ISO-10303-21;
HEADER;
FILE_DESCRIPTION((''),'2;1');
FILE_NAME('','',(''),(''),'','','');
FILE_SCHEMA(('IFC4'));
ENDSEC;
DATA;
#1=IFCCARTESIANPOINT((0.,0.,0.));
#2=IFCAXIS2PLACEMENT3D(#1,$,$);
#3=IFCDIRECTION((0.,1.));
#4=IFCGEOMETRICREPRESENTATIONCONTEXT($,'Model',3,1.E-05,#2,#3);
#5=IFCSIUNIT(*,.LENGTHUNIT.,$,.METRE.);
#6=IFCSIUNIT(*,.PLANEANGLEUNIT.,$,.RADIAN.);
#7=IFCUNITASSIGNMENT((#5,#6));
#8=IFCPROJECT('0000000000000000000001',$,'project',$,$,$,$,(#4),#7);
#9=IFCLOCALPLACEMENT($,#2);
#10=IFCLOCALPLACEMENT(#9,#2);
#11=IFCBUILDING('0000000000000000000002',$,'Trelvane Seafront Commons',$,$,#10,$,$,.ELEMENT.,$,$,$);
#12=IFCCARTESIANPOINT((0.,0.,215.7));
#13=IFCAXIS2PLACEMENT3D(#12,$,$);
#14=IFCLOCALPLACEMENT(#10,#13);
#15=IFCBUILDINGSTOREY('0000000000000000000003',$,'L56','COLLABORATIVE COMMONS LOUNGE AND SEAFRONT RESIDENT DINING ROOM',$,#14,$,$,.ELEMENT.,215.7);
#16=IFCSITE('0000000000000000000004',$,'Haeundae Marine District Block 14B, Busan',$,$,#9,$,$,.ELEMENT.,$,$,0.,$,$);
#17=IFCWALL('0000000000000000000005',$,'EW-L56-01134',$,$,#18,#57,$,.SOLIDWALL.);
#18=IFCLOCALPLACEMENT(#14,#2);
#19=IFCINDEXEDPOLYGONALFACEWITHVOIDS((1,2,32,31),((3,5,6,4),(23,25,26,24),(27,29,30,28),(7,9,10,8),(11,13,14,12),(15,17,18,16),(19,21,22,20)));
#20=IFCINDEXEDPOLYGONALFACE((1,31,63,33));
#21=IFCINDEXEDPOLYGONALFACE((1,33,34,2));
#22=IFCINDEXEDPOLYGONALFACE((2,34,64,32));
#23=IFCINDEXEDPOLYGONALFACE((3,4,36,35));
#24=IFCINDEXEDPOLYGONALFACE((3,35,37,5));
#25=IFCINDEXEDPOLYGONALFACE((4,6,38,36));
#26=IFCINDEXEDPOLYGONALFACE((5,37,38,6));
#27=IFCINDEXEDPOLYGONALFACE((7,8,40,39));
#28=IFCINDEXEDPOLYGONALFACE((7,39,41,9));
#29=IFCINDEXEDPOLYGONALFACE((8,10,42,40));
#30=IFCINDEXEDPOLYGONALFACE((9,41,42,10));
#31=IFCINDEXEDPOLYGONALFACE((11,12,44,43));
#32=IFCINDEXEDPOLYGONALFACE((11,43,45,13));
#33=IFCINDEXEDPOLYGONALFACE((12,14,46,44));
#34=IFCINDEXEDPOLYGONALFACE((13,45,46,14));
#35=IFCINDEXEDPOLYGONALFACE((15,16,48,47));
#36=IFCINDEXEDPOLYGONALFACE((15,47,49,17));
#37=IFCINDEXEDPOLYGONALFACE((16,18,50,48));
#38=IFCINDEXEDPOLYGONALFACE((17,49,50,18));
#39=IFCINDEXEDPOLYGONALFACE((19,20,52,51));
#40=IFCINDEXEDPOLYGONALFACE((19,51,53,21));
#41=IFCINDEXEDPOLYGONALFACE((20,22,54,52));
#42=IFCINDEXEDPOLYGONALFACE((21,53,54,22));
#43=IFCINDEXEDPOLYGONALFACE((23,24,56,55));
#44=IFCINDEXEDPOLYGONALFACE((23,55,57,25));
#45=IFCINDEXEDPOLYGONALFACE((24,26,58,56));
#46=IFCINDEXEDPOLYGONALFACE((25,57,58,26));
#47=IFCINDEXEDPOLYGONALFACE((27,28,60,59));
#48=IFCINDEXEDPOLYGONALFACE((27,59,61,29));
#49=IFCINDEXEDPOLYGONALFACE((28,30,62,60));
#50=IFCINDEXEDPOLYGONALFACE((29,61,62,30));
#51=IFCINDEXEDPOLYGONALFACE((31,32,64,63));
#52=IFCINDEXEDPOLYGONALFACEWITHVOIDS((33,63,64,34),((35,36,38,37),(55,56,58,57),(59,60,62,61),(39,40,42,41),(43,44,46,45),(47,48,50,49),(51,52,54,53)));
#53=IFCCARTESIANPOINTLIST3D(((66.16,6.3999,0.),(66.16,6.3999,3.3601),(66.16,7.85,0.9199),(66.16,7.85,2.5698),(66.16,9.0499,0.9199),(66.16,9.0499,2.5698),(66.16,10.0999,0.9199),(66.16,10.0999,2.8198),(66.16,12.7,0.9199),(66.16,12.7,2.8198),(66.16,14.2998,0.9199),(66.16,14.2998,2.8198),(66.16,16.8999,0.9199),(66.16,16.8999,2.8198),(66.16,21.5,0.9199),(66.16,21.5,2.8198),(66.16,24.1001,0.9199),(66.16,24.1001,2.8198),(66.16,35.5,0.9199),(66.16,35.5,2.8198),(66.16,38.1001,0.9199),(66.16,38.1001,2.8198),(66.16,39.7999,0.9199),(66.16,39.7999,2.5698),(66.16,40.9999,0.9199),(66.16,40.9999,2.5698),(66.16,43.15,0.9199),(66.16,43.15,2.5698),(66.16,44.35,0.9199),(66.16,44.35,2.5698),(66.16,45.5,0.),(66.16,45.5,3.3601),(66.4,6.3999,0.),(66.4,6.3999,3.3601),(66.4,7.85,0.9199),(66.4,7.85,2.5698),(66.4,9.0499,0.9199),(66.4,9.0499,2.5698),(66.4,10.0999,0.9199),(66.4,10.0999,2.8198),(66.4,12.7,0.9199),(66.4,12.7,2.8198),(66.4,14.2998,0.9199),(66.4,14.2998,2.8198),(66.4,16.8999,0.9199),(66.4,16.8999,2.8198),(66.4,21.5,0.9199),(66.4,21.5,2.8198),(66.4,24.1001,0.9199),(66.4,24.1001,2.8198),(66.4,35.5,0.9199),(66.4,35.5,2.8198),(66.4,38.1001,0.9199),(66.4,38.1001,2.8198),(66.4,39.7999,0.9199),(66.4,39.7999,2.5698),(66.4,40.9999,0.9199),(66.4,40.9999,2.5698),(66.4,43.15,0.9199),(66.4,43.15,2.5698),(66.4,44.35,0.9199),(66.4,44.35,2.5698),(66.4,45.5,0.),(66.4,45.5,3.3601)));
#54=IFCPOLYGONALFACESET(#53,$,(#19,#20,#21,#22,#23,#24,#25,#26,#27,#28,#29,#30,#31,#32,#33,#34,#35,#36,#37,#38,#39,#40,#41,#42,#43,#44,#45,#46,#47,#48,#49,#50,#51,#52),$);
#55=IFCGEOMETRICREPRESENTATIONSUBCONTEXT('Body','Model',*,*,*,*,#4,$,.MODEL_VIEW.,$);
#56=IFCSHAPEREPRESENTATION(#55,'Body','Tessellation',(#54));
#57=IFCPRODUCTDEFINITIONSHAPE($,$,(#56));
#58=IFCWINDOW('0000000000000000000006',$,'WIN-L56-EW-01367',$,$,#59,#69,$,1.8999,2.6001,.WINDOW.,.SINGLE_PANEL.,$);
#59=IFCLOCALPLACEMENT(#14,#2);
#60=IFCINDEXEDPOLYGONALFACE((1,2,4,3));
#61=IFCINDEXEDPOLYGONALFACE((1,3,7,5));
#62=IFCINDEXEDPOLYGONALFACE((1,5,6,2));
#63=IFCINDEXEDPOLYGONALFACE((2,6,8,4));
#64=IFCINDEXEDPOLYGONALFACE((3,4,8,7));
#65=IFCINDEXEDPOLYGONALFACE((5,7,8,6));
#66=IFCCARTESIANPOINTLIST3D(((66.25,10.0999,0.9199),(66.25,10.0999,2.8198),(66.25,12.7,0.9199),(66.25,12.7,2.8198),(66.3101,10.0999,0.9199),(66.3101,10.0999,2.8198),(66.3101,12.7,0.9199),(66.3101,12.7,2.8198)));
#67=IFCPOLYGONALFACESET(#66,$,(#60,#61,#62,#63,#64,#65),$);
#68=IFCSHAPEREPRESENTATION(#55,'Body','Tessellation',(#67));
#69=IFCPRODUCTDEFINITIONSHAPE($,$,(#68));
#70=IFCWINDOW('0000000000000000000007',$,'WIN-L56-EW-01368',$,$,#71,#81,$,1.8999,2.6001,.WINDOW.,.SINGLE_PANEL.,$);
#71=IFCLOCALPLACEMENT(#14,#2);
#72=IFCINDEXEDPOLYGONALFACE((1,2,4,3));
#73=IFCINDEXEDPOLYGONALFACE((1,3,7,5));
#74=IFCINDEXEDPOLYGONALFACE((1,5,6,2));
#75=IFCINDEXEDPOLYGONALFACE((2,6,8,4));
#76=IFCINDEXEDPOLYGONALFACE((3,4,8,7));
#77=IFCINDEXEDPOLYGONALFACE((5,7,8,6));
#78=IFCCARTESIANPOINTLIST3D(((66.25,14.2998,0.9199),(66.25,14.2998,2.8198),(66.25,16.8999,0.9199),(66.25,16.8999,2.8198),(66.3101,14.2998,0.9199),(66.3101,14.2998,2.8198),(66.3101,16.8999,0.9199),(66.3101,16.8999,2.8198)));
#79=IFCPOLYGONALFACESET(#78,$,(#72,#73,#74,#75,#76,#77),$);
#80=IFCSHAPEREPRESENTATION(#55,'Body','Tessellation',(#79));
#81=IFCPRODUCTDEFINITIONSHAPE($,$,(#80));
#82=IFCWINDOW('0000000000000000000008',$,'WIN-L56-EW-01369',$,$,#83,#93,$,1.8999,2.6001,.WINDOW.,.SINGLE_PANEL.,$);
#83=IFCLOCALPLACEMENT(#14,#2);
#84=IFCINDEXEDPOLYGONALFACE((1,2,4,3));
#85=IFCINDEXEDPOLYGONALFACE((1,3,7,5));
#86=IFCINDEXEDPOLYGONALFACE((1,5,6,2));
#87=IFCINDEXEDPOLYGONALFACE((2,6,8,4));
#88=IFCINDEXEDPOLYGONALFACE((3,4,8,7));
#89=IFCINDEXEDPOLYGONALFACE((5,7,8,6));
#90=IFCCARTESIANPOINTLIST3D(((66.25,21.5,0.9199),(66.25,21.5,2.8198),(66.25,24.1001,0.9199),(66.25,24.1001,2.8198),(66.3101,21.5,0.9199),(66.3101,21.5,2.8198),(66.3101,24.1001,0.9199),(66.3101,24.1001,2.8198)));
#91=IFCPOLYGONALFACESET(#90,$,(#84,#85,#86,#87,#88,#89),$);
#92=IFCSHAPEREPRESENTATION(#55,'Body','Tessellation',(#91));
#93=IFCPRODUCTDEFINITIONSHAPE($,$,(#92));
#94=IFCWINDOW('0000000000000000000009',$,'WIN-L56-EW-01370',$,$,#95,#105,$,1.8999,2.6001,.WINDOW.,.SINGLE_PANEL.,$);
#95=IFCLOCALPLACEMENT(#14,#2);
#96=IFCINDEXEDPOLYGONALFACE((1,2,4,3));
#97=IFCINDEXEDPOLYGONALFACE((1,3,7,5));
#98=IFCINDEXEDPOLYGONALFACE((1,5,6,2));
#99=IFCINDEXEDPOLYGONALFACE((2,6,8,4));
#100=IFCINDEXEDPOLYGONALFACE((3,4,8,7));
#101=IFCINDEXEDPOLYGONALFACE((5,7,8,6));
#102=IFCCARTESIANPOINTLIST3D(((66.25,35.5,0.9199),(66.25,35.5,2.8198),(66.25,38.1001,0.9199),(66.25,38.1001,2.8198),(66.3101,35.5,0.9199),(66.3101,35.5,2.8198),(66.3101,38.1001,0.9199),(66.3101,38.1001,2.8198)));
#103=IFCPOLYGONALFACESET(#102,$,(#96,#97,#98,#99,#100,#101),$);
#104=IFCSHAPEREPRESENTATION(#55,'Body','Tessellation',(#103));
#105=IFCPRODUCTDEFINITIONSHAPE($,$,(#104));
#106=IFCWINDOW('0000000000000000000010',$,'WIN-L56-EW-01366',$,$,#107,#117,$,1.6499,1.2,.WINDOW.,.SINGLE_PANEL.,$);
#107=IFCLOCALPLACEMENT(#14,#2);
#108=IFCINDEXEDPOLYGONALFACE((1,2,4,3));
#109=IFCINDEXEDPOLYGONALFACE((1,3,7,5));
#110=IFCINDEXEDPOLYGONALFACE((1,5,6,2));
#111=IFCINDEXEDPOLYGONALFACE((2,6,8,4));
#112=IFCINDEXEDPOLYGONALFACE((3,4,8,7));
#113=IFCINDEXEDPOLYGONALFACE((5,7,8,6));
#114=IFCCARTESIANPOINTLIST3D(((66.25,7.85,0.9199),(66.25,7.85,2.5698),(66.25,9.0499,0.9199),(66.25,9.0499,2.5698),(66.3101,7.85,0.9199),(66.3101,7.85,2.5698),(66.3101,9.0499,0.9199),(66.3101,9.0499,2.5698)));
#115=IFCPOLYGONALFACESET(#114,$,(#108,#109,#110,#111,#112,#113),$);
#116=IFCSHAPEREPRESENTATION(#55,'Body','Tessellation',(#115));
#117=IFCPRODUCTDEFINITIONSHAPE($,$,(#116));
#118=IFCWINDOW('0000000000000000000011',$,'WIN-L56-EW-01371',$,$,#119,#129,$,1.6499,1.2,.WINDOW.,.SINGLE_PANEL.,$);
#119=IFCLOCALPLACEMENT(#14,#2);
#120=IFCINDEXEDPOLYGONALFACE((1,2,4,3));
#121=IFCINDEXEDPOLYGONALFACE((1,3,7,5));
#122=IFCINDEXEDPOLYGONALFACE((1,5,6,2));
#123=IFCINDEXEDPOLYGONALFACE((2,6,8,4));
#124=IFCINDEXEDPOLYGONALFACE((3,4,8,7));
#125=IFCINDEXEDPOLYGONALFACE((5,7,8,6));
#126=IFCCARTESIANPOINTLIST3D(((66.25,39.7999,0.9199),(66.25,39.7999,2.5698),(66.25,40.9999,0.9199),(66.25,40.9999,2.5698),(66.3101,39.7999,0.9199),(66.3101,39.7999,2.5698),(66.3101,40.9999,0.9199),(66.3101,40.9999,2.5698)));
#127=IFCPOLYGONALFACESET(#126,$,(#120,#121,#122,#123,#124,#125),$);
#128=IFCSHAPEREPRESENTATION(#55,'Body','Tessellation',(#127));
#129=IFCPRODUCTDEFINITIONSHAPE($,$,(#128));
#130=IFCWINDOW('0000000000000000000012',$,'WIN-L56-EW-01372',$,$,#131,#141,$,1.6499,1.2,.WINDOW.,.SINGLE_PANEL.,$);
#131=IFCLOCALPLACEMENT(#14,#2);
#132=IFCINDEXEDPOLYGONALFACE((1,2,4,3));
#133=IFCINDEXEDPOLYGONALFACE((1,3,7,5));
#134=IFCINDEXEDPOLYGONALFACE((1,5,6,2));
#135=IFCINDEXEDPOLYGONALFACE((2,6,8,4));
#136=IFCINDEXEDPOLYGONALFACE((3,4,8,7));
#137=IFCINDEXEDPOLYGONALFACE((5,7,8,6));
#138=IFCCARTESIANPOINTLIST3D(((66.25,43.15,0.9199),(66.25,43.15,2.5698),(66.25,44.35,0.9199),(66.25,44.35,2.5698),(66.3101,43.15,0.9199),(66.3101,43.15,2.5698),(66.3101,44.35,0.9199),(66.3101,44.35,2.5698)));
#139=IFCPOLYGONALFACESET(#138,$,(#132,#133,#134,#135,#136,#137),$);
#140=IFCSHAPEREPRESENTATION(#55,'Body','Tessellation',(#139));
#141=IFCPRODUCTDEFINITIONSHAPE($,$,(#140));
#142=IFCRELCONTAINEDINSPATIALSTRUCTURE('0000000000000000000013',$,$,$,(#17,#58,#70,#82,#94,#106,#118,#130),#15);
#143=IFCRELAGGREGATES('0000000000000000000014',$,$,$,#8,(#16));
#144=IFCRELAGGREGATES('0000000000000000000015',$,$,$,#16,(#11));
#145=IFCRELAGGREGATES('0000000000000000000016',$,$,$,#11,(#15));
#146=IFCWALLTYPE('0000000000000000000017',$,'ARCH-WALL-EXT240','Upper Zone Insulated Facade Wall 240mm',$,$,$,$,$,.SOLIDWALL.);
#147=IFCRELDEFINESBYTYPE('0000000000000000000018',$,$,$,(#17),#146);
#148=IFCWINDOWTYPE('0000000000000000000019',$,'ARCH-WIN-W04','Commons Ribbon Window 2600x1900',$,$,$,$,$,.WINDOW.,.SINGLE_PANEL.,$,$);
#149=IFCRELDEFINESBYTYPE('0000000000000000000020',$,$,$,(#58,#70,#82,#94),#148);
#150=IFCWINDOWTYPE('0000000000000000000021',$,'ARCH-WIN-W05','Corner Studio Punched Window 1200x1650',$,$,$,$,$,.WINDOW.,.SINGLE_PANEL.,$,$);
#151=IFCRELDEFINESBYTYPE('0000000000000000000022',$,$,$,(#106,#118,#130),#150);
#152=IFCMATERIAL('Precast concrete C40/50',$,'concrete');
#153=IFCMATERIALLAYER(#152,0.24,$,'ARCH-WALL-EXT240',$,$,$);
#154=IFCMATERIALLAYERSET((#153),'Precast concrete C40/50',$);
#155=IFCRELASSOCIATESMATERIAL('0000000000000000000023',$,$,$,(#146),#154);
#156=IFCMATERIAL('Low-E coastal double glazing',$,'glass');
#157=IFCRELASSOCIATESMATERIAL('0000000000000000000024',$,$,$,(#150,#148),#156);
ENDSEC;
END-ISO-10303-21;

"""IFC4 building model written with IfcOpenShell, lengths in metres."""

from ifc_helpers import new_model, si_unit, direction, frame, frame_2d, origin, place, context, subcontext, project, spatial, rectangle, extrude, source, transform, mapped, material, layer, layer_set, type_object, element, fill, save


model = new_model("IFC4")

# Units and contexts
model_context = context("Model", 3, precision=1e-05, world=origin(), true_north=direction((0.0, 1.0)))
body_context = subcontext(model_context, "Body", "Model", "MODEL_VIEW")
ifc_project = project(units=[si_unit("LENGTHUNIT", "METRE"), si_unit("PLANEANGLEUNIT", "RADIAN")], contexts=[model_context])

# Site, building, storey
site_placement = place(None, origin())
site = spatial("IfcSite", under=ifc_project, at=site_placement, Name="Haeundae Marine District Block 14B, Busan", CompositionType="ELEMENT", RefElevation=0.0)
building_placement = place(site_placement, origin())
building = spatial("IfcBuilding", under=site, at=building_placement, Name="Trelvane Seafront Commons", CompositionType="ELEMENT")
storey_placement = place(building_placement, frame((0.0, 0.0, 215.7)))
storey = spatial("IfcBuildingStorey", under=building, at=storey_placement, Name="L56", Description="COLLABORATIVE COMMONS LOUNGE AND SEAFRONT RESIDENT DINING ROOM", CompositionType="ELEMENT", Elevation=215.7)

# Shared definitions
ifc_material_1 = material(Name="Low-E coastal double glazing", Category="glass")

# Shared definitions
ifc_material_2 = material(Name="Precast concrete C40/50", Category="concrete")
ifc_layer_1 = layer(ifc_material_2, 0.24, Name="ARCH-WALL-EXT240")
ifc_layer_set_1 = layer_set([ifc_layer_1], Name="Precast concrete C40/50")
wall_type_1 = type_object("IfcWallType", Name="ARCH-WALL-EXT240", Description="Upper Zone Insulated Facade Wall 240mm", PredefinedType="SOLIDWALL", material=ifc_layer_set_1)
window_type_1 = type_object("IfcWindowType", Name="ARCH-WIN-W05", Description="Corner Studio Punched Window 1200x1650", PartitioningType="SINGLE_PANEL", PredefinedType="WINDOW", material=ifc_material_1)
shared_shape_1 = source(origin(), body_context, "Body", "SweptSolid", [
    extrude(rectangle(XDim=1.2, YDim=1.6499, at=frame_2d((0.6001, 0.825))), frame((0.0, 0.03, 0.0), z_axis=(0.0, -1.0, 0.0), x_axis=(1.0, 0.0, 0.0)), (0.0, 0.0, 1.0), 0.0601),
])

# Wall, openings, windows
wall_1_placement = place(storey_placement, frame((66.28, 45.5, 0.0), z_axis=(0.0, 0.0, 1.0), x_axis=(0.0, -1.0, 0.0)))
wall_1 = element("IfcWall", 1, at=wall_1_placement, inside=storey, type_object=wall_type_1, Name="EW-L56-01134", PredefinedType="SOLIDWALL", context=body_context, shape_type="SweptSolid", body=[
    extrude(rectangle(XDim=39.1001, YDim=0.24, at=frame_2d((19.55, 0.0))), origin(), (0.0, 0.0, 1.0), 3.3601),
])
opening_1_placement = place(wall_1_placement, frame((36.45, 0.0, 0.9199)))
opening_1 = element("IfcOpeningElement", 2, at=opening_1_placement, cuts=wall_1, PredefinedType="OPENING", context=body_context, shape_type="SweptSolid", body=[
    extrude(rectangle(XDim=1.2, YDim=1.6499, at=frame_2d((0.6001, 0.825))), frame((0.0, 0.1299, 0.0), z_axis=(0.0, -1.0, 0.0), x_axis=(1.0, 0.0, 0.0)), (0.0, 0.0, 1.0), 0.26),
])
opening_2_placement = place(wall_1_placement, frame((32.8, 0.0, 0.9199)))
opening_2 = element("IfcOpeningElement", 3, at=opening_2_placement, cuts=wall_1, PredefinedType="OPENING", context=body_context, shape_type="SweptSolid", body=[
    extrude(rectangle(XDim=2.6001, YDim=1.8999, at=frame_2d((1.3, 0.95))), frame((0.0, 0.1299, 0.0), z_axis=(0.0, -1.0, 0.0), x_axis=(1.0, 0.0, 0.0)), (0.0, 0.0, 1.0), 0.26),
])
opening_3_placement = place(wall_1_placement, frame((28.6001, 0.0, 0.9199)))
opening_3 = element("IfcOpeningElement", 4, at=opening_3_placement, cuts=wall_1, PredefinedType="OPENING", context=body_context, shape_type="SweptSolid", body=[
    extrude(rectangle(XDim=2.6001, YDim=1.8999, at=frame_2d((1.3, 0.95))), frame((0.0, 0.1299, 0.0), z_axis=(0.0, -1.0, 0.0), x_axis=(1.0, 0.0, 0.0)), (0.0, 0.0, 1.0), 0.26),
])
opening_4_placement = place(wall_1_placement, frame((21.3999, 0.0, 0.9199)))
opening_4 = element("IfcOpeningElement", 5, at=opening_4_placement, cuts=wall_1, PredefinedType="OPENING", context=body_context, shape_type="SweptSolid", body=[
    extrude(rectangle(XDim=2.6001, YDim=1.8999, at=frame_2d((1.3, 0.95))), frame((0.0, 0.1299, 0.0), z_axis=(0.0, -1.0, 0.0), x_axis=(1.0, 0.0, 0.0)), (0.0, 0.0, 1.0), 0.26),
])
opening_5_placement = place(wall_1_placement, frame((7.3999, 0.0, 0.9199)))
opening_5 = element("IfcOpeningElement", 6, at=opening_5_placement, cuts=wall_1, PredefinedType="OPENING", context=body_context, shape_type="SweptSolid", body=[
    extrude(rectangle(XDim=2.6001, YDim=1.8999, at=frame_2d((1.3, 0.95))), frame((0.0, 0.1299, 0.0), z_axis=(0.0, -1.0, 0.0), x_axis=(1.0, 0.0, 0.0)), (0.0, 0.0, 1.0), 0.26),
])
opening_6_placement = place(wall_1_placement, frame((4.5, 0.0, 0.9199)))
opening_6 = element("IfcOpeningElement", 7, at=opening_6_placement, cuts=wall_1, PredefinedType="OPENING", context=body_context, shape_type="SweptSolid", body=[
    extrude(rectangle(XDim=1.2, YDim=1.6499, at=frame_2d((0.6001, 0.825))), frame((0.0, 0.1299, 0.0), z_axis=(0.0, -1.0, 0.0), x_axis=(1.0, 0.0, 0.0)), (0.0, 0.0, 1.0), 0.26),
])
opening_7_placement = place(wall_1_placement, frame((1.1499, 0.0, 0.9199)))
opening_7 = element("IfcOpeningElement", 8, at=opening_7_placement, cuts=wall_1, PredefinedType="OPENING", context=body_context, shape_type="SweptSolid", body=[
    extrude(rectangle(XDim=1.2, YDim=1.6499, at=frame_2d((0.6001, 0.825))), frame((0.0, 0.1299, 0.0), z_axis=(0.0, -1.0, 0.0), x_axis=(1.0, 0.0, 0.0)), (0.0, 0.0, 1.0), 0.26),
])
window_type_2 = type_object("IfcWindowType", Name="ARCH-WIN-W04", Description="Commons Ribbon Window 2600x1900", PartitioningType="SINGLE_PANEL", PredefinedType="WINDOW", material=ifc_material_1)
shared_shape_2 = source(origin(), body_context, "Body", "SweptSolid", [
    extrude(rectangle(XDim=2.6001, YDim=1.8999, at=frame_2d((1.3, 0.95))), frame((0.0, 0.03, 0.0), z_axis=(0.0, -1.0, 0.0), x_axis=(1.0, 0.0, 0.0)), (0.0, 0.0, 1.0), 0.0601),
])
window_1_placement = place(opening_2_placement, origin())
window_1 = element("IfcWindow", 9, at=window_1_placement, inside=storey, type_object=window_type_2, Name="WIN-L56-EW-01367", OverallHeight=1.8999, OverallWidth=2.6001, PartitioningType="SINGLE_PANEL", PredefinedType="WINDOW", context=body_context, shape_type="MappedRepresentation", body=[
    mapped(shared_shape_2, transform((0.0, 0.0, 0.0), x_axis=(1.0, 0.0, 0.0), y_axis=(0.0, 1.0, 0.0), z_axis=(0.0, 0.0, 1.0), scale=1.0)),
])
fill(opening_2, window_1)
window_2_placement = place(opening_3_placement, origin())
window_2 = element("IfcWindow", 10, at=window_2_placement, inside=storey, type_object=window_type_2, Name="WIN-L56-EW-01368", OverallHeight=1.8999, OverallWidth=2.6001, PartitioningType="SINGLE_PANEL", PredefinedType="WINDOW", context=body_context, shape_type="MappedRepresentation", body=[
    mapped(shared_shape_2, transform((0.0, 0.0, 0.0), x_axis=(1.0, 0.0, 0.0), y_axis=(0.0, 1.0, 0.0), z_axis=(0.0, 0.0, 1.0), scale=1.0)),
])
fill(opening_3, window_2)
window_3_placement = place(opening_4_placement, origin())
window_3 = element("IfcWindow", 11, at=window_3_placement, inside=storey, type_object=window_type_2, Name="WIN-L56-EW-01369", OverallHeight=1.8999, OverallWidth=2.6001, PartitioningType="SINGLE_PANEL", PredefinedType="WINDOW", context=body_context, shape_type="MappedRepresentation", body=[
    mapped(shared_shape_2, transform((0.0, 0.0, 0.0), x_axis=(1.0, 0.0, 0.0), y_axis=(0.0, 1.0, 0.0), z_axis=(0.0, 0.0, 1.0), scale=1.0)),
])
fill(opening_4, window_3)
window_4_placement = place(opening_5_placement, origin())
window_4 = element("IfcWindow", 12, at=window_4_placement, inside=storey, type_object=window_type_2, Name="WIN-L56-EW-01370", OverallHeight=1.8999, OverallWidth=2.6001, PartitioningType="SINGLE_PANEL", PredefinedType="WINDOW", context=body_context, shape_type="MappedRepresentation", body=[
    mapped(shared_shape_2, transform((0.0, 0.0, 0.0), x_axis=(1.0, 0.0, 0.0), y_axis=(0.0, 1.0, 0.0), z_axis=(0.0, 0.0, 1.0), scale=1.0)),
])
fill(opening_5, window_4)
window_5_placement = place(opening_1_placement, origin())
window_5 = element("IfcWindow", 13, at=window_5_placement, inside=storey, type_object=window_type_1, Name="WIN-L56-EW-01366", OverallHeight=1.6499, OverallWidth=1.2, PartitioningType="SINGLE_PANEL", PredefinedType="WINDOW", context=body_context, shape_type="MappedRepresentation", body=[
    mapped(shared_shape_1, transform((0.0, 0.0, 0.0), x_axis=(1.0, 0.0, 0.0), y_axis=(0.0, 1.0, 0.0), z_axis=(0.0, 0.0, 1.0), scale=1.0)),
])
fill(opening_1, window_5)
window_6_placement = place(opening_6_placement, origin())
window_6 = element("IfcWindow", 14, at=window_6_placement, inside=storey, type_object=window_type_1, Name="WIN-L56-EW-01371", OverallHeight=1.6499, OverallWidth=1.2, PartitioningType="SINGLE_PANEL", PredefinedType="WINDOW", context=body_context, shape_type="MappedRepresentation", body=[
    mapped(shared_shape_1, transform((0.0, 0.0, 0.0), x_axis=(1.0, 0.0, 0.0), y_axis=(0.0, 1.0, 0.0), z_axis=(0.0, 0.0, 1.0), scale=1.0)),
])
fill(opening_6, window_6)
window_7_placement = place(opening_7_placement, origin())
window_7 = element("IfcWindow", 15, at=window_7_placement, inside=storey, type_object=window_type_1, Name="WIN-L56-EW-01372", OverallHeight=1.6499, OverallWidth=1.2, PartitioningType="SINGLE_PANEL", PredefinedType="WINDOW", context=body_context, shape_type="MappedRepresentation", body=[
    mapped(shared_shape_1, transform((0.0, 0.0, 0.0), x_axis=(1.0, 0.0, 0.0), y_axis=(0.0, 1.0, 0.0), z_axis=(0.0, 0.0, 1.0), scale=1.0)),
])
fill(opening_7, window_7)

save(model, "model.ifc")
